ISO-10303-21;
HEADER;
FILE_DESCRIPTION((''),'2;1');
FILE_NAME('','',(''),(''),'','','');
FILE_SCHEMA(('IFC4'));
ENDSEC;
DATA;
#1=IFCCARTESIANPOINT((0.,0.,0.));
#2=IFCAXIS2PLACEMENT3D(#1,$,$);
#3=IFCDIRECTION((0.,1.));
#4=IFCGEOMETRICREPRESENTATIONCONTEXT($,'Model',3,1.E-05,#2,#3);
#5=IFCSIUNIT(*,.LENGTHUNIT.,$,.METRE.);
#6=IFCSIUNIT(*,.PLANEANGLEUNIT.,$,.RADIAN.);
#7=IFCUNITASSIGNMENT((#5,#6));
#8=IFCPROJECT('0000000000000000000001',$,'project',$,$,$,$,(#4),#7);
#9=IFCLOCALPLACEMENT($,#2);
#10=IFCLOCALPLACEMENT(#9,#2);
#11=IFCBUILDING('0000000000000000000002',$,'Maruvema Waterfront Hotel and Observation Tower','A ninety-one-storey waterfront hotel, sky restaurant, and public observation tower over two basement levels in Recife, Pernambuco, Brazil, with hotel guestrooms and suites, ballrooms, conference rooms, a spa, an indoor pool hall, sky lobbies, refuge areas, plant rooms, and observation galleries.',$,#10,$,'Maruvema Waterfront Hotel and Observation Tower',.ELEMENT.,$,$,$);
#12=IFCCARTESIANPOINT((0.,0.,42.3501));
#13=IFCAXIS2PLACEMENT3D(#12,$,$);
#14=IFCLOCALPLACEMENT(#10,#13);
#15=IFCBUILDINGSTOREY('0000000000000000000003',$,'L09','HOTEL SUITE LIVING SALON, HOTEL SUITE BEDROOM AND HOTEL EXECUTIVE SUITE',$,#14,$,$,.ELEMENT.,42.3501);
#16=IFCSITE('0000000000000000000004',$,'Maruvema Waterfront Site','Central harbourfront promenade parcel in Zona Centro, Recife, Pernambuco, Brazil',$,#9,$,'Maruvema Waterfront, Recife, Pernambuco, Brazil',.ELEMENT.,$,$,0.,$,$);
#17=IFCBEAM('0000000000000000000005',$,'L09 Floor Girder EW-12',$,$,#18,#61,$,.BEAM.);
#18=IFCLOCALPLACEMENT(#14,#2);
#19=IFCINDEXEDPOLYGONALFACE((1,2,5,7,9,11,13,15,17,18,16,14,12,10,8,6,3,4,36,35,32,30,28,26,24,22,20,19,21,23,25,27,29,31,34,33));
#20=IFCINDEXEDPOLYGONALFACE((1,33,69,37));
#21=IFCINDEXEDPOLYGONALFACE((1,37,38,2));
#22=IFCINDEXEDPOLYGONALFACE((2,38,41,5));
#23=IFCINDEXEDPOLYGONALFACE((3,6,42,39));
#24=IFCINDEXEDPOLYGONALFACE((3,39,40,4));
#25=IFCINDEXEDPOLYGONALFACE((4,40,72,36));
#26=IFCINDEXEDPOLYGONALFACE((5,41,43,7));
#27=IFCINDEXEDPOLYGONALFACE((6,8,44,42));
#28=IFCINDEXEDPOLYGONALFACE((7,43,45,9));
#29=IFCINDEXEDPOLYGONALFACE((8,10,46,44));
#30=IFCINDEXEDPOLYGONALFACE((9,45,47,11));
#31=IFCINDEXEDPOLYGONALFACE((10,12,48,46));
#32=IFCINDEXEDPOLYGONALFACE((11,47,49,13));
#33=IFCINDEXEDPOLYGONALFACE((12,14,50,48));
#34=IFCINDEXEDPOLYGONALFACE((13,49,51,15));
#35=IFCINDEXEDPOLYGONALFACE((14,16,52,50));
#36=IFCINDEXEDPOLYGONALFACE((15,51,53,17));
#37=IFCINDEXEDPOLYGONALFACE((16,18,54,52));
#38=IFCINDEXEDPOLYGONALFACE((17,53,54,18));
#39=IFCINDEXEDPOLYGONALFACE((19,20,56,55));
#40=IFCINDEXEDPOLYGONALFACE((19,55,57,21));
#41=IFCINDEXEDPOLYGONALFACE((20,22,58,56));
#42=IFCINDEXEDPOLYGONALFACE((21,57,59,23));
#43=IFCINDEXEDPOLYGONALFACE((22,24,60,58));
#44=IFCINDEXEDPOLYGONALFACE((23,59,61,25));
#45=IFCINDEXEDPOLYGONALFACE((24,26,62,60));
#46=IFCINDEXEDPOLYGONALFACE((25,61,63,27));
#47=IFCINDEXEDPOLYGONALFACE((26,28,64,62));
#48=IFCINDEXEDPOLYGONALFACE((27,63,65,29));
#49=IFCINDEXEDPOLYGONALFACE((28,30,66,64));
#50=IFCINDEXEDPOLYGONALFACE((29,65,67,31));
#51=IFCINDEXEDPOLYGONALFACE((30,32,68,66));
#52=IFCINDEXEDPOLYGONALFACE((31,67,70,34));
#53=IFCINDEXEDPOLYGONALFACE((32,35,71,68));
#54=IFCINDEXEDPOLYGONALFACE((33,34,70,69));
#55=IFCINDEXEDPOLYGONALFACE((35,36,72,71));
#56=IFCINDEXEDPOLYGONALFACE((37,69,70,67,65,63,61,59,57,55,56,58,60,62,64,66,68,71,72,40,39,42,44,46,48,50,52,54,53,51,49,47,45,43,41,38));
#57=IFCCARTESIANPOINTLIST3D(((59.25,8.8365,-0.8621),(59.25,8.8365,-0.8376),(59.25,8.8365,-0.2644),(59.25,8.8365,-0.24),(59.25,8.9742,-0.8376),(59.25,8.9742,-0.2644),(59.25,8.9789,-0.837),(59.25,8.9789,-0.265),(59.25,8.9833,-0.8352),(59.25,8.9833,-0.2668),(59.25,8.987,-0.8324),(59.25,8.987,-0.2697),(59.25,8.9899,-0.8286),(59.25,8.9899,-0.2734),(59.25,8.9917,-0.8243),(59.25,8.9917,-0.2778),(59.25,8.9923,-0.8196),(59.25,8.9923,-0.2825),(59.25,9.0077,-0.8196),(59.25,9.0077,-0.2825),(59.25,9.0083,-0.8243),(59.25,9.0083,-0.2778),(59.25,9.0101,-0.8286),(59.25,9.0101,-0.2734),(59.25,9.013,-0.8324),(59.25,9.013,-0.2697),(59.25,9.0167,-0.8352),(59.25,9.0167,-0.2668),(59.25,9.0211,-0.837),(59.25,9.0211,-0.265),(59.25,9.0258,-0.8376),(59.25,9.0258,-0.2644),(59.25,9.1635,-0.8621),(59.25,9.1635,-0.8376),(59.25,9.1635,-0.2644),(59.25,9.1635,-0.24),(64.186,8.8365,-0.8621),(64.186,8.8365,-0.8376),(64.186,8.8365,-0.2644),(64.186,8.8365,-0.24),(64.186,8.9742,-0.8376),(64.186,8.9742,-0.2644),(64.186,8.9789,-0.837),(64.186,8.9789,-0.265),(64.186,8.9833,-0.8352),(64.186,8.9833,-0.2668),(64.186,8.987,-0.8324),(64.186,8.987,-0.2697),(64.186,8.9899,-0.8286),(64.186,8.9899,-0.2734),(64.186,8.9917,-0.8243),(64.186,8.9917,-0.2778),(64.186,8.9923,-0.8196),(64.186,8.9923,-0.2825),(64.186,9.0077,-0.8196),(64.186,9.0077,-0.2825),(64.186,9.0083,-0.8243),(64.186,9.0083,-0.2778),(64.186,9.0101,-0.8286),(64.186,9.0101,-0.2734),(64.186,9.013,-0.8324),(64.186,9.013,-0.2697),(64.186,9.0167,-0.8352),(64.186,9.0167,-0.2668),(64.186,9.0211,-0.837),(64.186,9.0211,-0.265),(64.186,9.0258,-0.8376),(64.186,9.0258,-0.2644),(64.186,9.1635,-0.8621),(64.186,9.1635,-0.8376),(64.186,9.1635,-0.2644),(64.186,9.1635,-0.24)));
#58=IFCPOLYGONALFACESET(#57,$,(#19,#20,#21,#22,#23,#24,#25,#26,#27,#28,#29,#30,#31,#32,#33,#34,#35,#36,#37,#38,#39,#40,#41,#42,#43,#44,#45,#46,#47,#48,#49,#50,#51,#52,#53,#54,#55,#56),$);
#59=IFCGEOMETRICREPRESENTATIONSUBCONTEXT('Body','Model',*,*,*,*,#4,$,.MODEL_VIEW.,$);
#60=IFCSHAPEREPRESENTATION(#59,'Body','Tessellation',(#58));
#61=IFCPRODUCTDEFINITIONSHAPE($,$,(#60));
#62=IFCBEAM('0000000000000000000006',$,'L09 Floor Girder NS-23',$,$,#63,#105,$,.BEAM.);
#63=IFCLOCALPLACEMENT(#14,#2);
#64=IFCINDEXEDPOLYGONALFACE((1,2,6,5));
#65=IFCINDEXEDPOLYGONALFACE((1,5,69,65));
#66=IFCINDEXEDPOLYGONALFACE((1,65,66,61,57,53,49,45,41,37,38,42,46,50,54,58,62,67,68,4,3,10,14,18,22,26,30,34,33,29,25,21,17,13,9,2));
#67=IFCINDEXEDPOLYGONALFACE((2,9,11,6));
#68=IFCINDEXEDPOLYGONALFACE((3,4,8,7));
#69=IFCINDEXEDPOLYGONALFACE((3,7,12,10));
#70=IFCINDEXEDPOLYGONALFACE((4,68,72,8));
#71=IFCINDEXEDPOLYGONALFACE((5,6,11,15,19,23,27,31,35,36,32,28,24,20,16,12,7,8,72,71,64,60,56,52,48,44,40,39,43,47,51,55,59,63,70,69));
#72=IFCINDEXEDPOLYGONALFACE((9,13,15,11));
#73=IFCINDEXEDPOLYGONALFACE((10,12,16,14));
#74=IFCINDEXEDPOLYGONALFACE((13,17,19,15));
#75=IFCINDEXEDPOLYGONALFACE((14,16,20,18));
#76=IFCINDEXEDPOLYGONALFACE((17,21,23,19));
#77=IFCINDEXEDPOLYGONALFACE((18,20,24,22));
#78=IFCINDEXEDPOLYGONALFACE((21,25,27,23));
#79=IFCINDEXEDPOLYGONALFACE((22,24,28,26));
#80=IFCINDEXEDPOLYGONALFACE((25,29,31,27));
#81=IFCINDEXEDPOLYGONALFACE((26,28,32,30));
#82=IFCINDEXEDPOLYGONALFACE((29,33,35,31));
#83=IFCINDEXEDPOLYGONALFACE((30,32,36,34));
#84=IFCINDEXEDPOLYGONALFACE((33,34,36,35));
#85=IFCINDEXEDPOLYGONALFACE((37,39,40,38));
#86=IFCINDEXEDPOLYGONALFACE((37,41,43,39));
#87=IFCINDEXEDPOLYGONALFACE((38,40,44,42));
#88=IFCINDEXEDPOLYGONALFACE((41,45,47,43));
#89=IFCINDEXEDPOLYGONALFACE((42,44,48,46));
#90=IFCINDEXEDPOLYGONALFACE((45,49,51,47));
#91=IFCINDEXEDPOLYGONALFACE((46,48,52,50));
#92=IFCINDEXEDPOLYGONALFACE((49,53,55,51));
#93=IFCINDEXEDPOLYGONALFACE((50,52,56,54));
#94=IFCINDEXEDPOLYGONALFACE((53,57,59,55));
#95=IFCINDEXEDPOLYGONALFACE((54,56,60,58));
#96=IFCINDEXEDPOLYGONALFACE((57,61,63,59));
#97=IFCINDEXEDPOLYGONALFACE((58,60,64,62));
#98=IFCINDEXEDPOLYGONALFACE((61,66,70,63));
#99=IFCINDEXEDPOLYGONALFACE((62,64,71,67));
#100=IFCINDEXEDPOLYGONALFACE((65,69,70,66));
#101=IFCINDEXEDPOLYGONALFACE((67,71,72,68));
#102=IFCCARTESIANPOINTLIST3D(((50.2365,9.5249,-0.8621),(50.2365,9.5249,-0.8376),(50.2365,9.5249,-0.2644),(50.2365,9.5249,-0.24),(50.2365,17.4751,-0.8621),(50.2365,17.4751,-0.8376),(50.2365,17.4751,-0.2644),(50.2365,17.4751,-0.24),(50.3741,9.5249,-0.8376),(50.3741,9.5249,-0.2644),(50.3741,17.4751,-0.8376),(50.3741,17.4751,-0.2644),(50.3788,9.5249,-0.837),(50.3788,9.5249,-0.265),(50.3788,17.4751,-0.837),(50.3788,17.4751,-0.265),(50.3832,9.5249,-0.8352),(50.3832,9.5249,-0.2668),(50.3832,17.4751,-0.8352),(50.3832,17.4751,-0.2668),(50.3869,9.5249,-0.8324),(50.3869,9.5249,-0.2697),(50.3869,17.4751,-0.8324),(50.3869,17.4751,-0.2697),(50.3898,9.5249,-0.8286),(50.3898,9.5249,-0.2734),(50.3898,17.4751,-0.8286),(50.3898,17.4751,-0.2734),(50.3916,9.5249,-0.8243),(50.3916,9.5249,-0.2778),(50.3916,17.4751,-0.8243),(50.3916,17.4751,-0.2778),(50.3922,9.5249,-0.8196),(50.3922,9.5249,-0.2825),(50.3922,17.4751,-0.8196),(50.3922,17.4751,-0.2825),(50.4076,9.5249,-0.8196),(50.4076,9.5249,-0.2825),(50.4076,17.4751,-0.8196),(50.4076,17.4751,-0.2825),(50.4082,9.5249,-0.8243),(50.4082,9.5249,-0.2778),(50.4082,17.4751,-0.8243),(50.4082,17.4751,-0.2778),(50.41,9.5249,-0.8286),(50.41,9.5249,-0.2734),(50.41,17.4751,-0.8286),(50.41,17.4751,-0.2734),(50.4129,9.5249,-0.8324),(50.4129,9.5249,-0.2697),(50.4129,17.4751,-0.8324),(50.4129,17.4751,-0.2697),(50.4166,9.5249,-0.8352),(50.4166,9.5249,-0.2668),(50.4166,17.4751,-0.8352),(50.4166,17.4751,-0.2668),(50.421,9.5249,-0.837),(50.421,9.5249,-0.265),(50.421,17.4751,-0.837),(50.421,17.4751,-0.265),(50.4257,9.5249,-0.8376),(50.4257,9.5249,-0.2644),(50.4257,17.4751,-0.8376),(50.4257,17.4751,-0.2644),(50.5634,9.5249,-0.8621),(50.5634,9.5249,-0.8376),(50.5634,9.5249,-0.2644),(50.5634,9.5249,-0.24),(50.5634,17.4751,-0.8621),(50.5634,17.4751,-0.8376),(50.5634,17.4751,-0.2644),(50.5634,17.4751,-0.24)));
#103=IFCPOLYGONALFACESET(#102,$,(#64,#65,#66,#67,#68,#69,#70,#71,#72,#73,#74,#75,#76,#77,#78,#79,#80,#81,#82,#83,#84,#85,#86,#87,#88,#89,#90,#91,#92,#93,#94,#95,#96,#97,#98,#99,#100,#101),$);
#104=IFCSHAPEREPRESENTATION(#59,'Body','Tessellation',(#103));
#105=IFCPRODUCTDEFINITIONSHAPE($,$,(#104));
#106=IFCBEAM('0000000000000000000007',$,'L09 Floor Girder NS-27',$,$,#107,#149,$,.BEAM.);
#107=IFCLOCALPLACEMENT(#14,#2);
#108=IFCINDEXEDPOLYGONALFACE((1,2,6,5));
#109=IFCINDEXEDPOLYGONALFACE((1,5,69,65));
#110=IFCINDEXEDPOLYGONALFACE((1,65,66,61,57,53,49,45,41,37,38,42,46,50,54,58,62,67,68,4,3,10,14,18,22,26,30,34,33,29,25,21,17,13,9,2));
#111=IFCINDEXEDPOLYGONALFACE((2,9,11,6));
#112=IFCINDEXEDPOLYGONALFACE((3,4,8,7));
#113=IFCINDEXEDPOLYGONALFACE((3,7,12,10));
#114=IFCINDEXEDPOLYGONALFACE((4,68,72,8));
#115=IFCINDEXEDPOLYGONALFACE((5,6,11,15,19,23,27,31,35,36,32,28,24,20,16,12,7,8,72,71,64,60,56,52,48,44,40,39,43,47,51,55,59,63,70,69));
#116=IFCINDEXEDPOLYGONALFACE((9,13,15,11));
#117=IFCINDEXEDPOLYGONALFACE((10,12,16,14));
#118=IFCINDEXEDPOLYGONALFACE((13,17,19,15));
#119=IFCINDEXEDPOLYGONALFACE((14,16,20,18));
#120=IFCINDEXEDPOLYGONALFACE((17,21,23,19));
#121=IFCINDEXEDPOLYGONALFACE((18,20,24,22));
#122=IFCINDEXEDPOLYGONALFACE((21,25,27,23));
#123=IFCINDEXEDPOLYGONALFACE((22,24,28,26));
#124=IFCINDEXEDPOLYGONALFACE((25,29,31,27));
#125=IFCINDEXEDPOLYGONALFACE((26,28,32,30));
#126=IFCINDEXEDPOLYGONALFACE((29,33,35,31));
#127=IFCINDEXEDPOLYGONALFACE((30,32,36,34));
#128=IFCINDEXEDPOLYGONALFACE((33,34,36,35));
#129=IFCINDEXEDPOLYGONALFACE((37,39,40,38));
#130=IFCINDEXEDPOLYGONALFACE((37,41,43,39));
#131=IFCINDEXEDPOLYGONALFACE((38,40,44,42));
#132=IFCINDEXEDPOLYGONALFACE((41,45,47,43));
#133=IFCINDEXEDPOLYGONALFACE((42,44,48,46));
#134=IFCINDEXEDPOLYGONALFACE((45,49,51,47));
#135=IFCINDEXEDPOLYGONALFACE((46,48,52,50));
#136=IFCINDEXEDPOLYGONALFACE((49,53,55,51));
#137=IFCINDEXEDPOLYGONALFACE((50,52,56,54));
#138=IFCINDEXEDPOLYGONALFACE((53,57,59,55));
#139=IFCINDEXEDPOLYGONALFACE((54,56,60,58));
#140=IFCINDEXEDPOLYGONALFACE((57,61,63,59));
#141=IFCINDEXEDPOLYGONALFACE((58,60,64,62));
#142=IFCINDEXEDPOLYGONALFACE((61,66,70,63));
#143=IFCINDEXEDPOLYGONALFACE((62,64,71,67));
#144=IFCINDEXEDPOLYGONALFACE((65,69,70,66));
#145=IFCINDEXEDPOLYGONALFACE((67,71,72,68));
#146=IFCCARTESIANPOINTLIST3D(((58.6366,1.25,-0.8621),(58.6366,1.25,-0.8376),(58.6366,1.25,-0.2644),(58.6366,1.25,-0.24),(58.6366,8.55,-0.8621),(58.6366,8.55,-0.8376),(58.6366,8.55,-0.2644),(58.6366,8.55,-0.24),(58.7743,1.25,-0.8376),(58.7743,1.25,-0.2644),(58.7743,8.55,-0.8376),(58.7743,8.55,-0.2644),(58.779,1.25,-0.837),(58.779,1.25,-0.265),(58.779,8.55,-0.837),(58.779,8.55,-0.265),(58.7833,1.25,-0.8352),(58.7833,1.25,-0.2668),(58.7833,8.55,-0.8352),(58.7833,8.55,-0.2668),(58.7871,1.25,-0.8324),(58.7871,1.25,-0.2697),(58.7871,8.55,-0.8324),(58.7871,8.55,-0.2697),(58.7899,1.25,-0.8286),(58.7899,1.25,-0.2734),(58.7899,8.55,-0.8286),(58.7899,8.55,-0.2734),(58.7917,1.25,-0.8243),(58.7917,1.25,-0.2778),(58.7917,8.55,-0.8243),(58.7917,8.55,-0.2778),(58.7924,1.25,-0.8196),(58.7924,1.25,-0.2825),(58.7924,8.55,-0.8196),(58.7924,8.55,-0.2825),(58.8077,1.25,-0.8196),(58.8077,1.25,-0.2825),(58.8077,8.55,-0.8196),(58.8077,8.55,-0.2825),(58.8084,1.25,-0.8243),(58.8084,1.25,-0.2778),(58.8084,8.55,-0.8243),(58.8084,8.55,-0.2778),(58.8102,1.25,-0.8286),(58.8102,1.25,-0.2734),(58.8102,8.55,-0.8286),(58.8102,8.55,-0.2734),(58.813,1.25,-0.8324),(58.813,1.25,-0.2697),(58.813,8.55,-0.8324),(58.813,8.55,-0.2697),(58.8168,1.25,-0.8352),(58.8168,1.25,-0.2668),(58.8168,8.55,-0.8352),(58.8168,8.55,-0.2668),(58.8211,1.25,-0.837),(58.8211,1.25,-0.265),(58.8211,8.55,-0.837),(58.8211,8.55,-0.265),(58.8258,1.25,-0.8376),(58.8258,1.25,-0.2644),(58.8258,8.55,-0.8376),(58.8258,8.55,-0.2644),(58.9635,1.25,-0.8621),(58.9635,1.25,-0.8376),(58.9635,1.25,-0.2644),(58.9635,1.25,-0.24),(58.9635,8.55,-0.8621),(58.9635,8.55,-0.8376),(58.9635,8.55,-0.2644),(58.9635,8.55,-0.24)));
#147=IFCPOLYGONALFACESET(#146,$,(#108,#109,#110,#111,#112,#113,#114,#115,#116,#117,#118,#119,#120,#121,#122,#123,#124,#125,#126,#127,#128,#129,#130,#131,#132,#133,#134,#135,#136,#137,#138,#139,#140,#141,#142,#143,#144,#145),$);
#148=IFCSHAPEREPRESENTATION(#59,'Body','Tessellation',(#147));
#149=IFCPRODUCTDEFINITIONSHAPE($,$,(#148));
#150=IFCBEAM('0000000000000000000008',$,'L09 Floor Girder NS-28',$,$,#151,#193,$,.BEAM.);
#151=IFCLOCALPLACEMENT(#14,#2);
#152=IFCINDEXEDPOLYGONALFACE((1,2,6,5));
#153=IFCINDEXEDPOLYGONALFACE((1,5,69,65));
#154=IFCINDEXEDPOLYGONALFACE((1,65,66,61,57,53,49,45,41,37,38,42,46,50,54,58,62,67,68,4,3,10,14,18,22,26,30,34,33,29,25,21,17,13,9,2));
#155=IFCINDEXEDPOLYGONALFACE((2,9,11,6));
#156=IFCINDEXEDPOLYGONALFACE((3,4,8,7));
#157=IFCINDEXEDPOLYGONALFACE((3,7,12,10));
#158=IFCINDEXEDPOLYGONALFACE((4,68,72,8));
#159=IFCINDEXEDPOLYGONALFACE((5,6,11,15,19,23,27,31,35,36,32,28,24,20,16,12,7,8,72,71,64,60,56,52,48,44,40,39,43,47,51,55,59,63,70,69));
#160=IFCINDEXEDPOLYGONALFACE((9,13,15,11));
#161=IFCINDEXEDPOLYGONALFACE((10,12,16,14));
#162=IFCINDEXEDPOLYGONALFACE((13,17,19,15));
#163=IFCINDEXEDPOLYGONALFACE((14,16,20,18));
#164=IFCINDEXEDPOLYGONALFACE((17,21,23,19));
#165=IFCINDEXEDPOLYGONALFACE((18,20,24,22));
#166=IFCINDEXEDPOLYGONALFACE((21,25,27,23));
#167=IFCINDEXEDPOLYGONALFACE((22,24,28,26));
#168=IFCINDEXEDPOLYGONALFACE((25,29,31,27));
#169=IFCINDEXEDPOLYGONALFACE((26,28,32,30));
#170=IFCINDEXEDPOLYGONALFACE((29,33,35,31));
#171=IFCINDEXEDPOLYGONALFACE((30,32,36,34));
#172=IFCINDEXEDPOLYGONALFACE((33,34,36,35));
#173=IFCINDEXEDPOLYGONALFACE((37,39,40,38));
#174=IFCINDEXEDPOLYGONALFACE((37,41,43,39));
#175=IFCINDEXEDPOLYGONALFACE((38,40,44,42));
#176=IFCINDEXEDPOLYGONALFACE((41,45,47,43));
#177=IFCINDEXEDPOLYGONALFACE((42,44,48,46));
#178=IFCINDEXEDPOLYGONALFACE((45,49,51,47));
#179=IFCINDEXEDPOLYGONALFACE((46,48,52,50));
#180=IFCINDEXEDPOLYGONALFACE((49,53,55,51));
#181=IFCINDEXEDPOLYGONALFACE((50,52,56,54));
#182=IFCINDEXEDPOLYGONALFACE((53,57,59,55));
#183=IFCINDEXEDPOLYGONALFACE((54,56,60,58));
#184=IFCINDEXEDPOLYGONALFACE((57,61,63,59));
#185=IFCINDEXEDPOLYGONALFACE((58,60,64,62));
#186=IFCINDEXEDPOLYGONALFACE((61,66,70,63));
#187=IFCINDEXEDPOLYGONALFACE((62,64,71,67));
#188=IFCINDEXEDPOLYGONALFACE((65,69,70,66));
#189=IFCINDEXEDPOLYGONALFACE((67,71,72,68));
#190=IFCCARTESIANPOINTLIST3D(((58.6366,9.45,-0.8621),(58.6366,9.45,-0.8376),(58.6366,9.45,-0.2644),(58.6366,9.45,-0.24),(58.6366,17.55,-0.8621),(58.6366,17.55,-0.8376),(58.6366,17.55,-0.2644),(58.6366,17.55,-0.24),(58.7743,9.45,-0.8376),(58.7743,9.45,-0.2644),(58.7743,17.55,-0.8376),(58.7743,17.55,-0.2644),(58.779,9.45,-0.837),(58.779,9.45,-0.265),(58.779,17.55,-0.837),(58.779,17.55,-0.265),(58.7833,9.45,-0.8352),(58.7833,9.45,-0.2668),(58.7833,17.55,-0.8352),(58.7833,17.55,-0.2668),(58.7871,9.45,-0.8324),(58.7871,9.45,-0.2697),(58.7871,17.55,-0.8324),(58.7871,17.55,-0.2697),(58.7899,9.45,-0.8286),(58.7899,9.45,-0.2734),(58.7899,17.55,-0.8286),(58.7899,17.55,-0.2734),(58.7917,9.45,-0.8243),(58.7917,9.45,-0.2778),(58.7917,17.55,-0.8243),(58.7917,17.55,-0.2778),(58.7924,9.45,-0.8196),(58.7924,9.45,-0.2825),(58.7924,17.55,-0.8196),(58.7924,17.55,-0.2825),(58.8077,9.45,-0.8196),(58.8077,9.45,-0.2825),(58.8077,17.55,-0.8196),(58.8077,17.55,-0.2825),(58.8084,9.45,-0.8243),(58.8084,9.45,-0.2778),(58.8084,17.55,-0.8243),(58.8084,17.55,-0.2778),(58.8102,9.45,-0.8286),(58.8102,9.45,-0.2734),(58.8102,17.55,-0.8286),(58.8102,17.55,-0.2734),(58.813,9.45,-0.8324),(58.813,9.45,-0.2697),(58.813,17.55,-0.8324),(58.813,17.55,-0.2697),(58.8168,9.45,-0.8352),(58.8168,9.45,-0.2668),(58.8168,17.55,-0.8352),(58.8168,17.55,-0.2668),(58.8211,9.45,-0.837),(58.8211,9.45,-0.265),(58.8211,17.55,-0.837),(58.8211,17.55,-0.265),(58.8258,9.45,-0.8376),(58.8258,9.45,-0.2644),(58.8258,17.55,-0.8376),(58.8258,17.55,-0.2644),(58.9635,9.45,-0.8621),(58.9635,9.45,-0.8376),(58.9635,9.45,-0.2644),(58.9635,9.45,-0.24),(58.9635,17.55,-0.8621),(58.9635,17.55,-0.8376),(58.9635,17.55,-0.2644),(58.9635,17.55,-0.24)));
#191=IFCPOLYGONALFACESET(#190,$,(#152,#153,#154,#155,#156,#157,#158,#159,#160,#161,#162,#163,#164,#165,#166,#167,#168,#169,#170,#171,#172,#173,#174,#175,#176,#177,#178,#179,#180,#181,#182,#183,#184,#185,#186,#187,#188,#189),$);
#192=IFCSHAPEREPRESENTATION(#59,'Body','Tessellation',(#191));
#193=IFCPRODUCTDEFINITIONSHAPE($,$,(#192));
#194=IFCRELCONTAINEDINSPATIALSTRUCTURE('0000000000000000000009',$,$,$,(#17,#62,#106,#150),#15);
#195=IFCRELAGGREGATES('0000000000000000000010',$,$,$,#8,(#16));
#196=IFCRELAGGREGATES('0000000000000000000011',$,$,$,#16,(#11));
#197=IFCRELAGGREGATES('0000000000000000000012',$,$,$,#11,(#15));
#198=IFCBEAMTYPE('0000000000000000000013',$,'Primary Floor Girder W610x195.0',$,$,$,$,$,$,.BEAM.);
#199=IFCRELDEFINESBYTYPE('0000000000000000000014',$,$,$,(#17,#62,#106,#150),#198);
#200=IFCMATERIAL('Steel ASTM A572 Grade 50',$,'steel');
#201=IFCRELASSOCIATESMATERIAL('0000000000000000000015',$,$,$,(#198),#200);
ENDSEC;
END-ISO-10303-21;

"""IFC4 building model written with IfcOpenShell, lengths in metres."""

from ifc_helpers import new_model, si_unit, direction, frame, origin, origin_2d, place, context, subcontext, project, spatial, i_section, extrude, material, material_profile, profile_set, type_object, element, save


model = new_model("IFC4")

# Units and contexts
model_context = context("Model", 3, precision=1e-05, world=origin(), true_north=direction((0.0, 1.0)))
body_context = subcontext(model_context, "Body", "Model", "MODEL_VIEW")
ifc_project = project(units=[si_unit("LENGTHUNIT", "METRE"), si_unit("PLANEANGLEUNIT", "RADIAN")], contexts=[model_context])

# Site, building, storey
site_placement = place(None, origin())
site = spatial("IfcSite", under=ifc_project, at=site_placement, Name="Maruvema Waterfront Site", Description="Central harbourfront promenade parcel in Zona Centro, Recife, Pernambuco, Brazil", LongName="Maruvema Waterfront, Recife, Pernambuco, Brazil", CompositionType="ELEMENT", RefElevation=0.0)
building_placement = place(site_placement, origin())
building = spatial("IfcBuilding", under=site, at=building_placement, Name="Maruvema Waterfront Hotel and Observation Tower", Description="A ninety-one-storey waterfront hotel, sky restaurant, and public observation tower over two basement levels in Recife, Pernambuco, Brazil, with hotel guestrooms and suites, ballrooms, conference rooms, a spa, an indoor pool hall, sky lobbies, refuge areas, plant rooms, and observation galleries.", LongName="Maruvema Waterfront Hotel and Observation Tower", CompositionType="ELEMENT")
storey_placement = place(building_placement, frame((0.0, 0.0, 42.3501)))
storey = spatial("IfcBuildingStorey", under=building, at=storey_placement, Name="L09", Description="HOTEL SUITE LIVING SALON, HOTEL SUITE BEDROOM AND HOTEL EXECUTIVE SUITE", CompositionType="ELEMENT", Elevation=42.3501)

# Beams
ifc_material_1 = material(Name="Steel ASTM A572 Grade 50", Category="steel")
ifc_material_profile_1 = material_profile(ifc_material_1, i_section(OverallWidth=0.3269, OverallDepth=0.6221, WebThickness=0.0154, FlangeThickness=0.0244, FilletRadius=0.0181, at=origin_2d()), Name="W610x195.0")
ifc_profile_set_1 = profile_set([ifc_material_profile_1], Name="Steel ASTM A572 Grade 50")
beam_type_1 = type_object("IfcBeamType", Name="Primary Floor Girder W610x195.0", PredefinedType="BEAM", material=ifc_profile_set_1)
beam_1_placement = place(storey_placement, frame((59.25, 9.0, -0.551), z_axis=(1.0, 0.0, 0.0), x_axis=(0.0, 1.0, 0.0)))
element("IfcBeam", 1, at=beam_1_placement, inside=storey, type_object=beam_type_1, Name="L09 Floor Girder EW-12", PredefinedType="BEAM", context=body_context, shape_type="SweptSolid", body=[
    extrude(i_section(OverallWidth=0.3269, OverallDepth=0.6221, WebThickness=0.0154, FlangeThickness=0.0244, FilletRadius=0.0181, at=origin_2d()), origin(), (0.0, 0.0, 1.0), 4.936),
])
beam_2_placement = place(storey_placement, frame((50.3999, 9.5249, -0.551), z_axis=(0.0, 1.0, 0.0), x_axis=(-1.0, 0.0, 0.0)))
element("IfcBeam", 2, at=beam_2_placement, inside=storey, type_object=beam_type_1, Name="L09 Floor Girder NS-23", PredefinedType="BEAM", context=body_context, shape_type="SweptSolid", body=[
    extrude(i_section(OverallWidth=0.3269, OverallDepth=0.6221, WebThickness=0.0154, FlangeThickness=0.0244, FilletRadius=0.0181, at=origin_2d()), origin(), (0.0, 0.0, 1.0), 7.9502),
])
beam_3_placement = place(storey_placement, frame((58.8, 1.25, -0.551), z_axis=(0.0, 1.0, 0.0), x_axis=(-1.0, 0.0, 0.0)))
element("IfcBeam", 3, at=beam_3_placement, inside=storey, type_object=beam_type_1, Name="L09 Floor Girder NS-27", PredefinedType="BEAM", context=body_context, shape_type="SweptSolid", body=[
    extrude(i_section(OverallWidth=0.3269, OverallDepth=0.6221, WebThickness=0.0154, FlangeThickness=0.0244, FilletRadius=0.0181, at=origin_2d()), origin(), (0.0, 0.0, 1.0), 7.3),
])
beam_4_placement = place(storey_placement, frame((58.8, 9.45, -0.551), z_axis=(0.0, 1.0, 0.0), x_axis=(-1.0, 0.0, 0.0)))
element("IfcBeam", 4, at=beam_4_placement, inside=storey, type_object=beam_type_1, Name="L09 Floor Girder NS-28", PredefinedType="BEAM", context=body_context, shape_type="SweptSolid", body=[
    extrude(i_section(OverallWidth=0.3269, OverallDepth=0.6221, WebThickness=0.0154, FlangeThickness=0.0244, FilletRadius=0.0181, at=origin_2d()), origin(), (0.0, 0.0, 1.0), 8.1001),
])

save(model, "model.ifc")
